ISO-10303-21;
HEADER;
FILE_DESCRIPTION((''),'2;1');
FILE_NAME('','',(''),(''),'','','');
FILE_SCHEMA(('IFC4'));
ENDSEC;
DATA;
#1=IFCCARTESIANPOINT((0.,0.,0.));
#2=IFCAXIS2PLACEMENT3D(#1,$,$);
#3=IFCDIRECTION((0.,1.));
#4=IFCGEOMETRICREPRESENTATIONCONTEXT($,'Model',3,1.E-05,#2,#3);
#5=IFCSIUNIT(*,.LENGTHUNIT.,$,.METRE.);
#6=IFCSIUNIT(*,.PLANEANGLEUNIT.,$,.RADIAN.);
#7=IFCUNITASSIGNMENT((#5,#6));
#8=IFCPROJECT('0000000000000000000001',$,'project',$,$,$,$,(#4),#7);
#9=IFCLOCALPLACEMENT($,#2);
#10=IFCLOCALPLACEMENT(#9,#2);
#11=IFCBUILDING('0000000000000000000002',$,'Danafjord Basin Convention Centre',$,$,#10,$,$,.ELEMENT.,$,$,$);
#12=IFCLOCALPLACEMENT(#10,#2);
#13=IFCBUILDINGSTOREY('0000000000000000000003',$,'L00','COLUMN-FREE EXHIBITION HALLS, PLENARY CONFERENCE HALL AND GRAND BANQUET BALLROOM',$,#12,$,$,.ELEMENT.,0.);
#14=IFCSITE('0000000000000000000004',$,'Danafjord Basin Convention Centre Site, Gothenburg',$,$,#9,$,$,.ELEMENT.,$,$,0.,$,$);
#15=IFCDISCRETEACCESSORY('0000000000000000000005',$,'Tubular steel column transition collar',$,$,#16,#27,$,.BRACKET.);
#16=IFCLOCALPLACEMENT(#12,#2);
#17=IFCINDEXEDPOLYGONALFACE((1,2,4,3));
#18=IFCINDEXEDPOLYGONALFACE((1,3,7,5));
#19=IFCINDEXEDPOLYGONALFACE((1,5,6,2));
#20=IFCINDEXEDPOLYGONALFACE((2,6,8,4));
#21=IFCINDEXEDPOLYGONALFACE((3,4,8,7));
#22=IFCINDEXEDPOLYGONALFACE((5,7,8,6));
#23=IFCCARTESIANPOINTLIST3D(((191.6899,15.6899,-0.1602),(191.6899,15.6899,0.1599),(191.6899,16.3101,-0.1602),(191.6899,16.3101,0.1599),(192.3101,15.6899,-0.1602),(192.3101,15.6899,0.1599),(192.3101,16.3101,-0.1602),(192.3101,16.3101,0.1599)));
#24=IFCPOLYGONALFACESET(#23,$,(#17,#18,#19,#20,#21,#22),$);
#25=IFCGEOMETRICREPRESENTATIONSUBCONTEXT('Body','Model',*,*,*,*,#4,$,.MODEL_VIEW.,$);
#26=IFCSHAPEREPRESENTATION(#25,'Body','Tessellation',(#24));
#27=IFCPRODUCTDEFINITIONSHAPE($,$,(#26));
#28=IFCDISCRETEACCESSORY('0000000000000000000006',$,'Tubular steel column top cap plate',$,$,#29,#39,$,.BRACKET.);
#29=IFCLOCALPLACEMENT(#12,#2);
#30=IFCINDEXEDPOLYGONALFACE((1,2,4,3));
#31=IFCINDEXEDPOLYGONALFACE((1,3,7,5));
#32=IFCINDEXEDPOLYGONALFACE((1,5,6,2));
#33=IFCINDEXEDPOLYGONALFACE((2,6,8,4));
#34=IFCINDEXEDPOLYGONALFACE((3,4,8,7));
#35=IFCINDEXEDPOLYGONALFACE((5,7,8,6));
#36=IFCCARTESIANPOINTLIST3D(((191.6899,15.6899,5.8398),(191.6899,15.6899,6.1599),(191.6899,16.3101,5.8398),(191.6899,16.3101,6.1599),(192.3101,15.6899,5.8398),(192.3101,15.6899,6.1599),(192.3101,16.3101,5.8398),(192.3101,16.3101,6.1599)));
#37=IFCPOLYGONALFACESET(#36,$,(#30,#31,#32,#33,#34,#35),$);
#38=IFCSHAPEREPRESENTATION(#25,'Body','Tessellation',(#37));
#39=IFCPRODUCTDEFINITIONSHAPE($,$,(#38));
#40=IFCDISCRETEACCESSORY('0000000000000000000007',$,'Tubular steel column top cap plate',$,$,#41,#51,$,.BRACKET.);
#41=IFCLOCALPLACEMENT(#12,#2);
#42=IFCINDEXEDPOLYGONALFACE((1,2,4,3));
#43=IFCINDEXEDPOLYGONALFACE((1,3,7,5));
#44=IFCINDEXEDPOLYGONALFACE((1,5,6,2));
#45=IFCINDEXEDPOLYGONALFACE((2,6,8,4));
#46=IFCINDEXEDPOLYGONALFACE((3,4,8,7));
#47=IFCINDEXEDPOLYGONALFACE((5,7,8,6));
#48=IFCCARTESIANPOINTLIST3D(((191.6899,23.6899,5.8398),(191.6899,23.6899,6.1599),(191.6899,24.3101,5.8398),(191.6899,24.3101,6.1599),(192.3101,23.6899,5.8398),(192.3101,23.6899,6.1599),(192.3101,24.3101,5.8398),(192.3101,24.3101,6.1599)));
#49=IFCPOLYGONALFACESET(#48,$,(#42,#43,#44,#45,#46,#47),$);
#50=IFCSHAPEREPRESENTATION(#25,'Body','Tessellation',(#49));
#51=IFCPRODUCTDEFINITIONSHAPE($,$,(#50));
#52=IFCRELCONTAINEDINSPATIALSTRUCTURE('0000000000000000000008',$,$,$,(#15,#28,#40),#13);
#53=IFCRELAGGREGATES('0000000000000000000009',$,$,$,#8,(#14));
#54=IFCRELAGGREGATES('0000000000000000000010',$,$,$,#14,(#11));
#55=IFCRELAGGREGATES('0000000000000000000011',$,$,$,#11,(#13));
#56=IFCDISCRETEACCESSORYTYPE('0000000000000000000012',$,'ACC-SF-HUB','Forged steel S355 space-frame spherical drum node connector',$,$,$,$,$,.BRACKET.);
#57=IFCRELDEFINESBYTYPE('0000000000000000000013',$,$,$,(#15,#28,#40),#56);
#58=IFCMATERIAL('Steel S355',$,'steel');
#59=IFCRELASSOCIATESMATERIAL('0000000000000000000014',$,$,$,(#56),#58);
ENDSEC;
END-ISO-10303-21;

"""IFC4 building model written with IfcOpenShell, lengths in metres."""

from ifc_helpers import new_model, si_unit, direction, frame, origin, origin_2d, place, context, subcontext, project, spatial, rectangle, extrude, material, type_object, element, save


model = new_model("IFC4")

# Units and contexts
model_context = context("Model", 3, precision=1e-05, world=origin(), true_north=direction((0.0, 1.0)))
body_context = subcontext(model_context, "Body", "Model", "MODEL_VIEW")
ifc_project = project(units=[si_unit("LENGTHUNIT", "METRE"), si_unit("PLANEANGLEUNIT", "RADIAN")], contexts=[model_context])

# Site, building, storey
site_placement = place(None, origin())
site = spatial("IfcSite", under=ifc_project, at=site_placement, Name="Danafjord Basin Convention Centre Site, Gothenburg", CompositionType="ELEMENT", RefElevation=0.0)
building_placement = place(site_placement, origin())
building = spatial("IfcBuilding", under=site, at=building_placement, Name="Danafjord Basin Convention Centre", CompositionType="ELEMENT")
storey_placement = place(building_placement, origin())
storey = spatial("IfcBuildingStorey", under=building, at=storey_placement, Name="L00", Description="COLUMN-FREE EXHIBITION HALLS, PLENARY CONFERENCE HALL AND GRAND BANQUET BALLROOM", CompositionType="ELEMENT", Elevation=0.0)

# Shared definitions
ifc_material_1 = material(Name="Steel S355", Category="steel")

# Discrete accessories
discrete_accessory_type = type_object("IfcDiscreteAccessoryType", Name="ACC-SF-HUB", Description="Forged steel S355 space-frame spherical drum node connector", PredefinedType="BRACKET", material=ifc_material_1)
for number, where, z_axis, x_axis, name in (
    (1, (192.0, 16.0, -0.1602), (0.0, 0.0, 1.0), (1.0, 0.0, 0.0), "Tubular steel column transition collar"),
    (2, (192.0, 16.0, 5.8398), (0.0, 0.0, 1.0), (1.0, 0.0, 0.0), "Tubular steel column top cap plate"),
    (3, (192.0, 24.0, 5.8398), (0.0, 0.0, 1.0), (1.0, 0.0, 0.0), "Tubular steel column top cap plate"),
):
    element("IfcDiscreteAccessory", number, at=place(storey_placement, frame(where, z_axis=z_axis, x_axis=x_axis)), inside=storey, type_object=discrete_accessory_type, Name=name, PredefinedType="BRACKET", context=body_context, shape_type="SweptSolid", body=[
        extrude(rectangle(XDim=0.6201, YDim=0.6201, at=origin_2d()), origin(), (0.0, 0.0, 1.0), 0.3201),
    ])

save(model, "model.ifc")
